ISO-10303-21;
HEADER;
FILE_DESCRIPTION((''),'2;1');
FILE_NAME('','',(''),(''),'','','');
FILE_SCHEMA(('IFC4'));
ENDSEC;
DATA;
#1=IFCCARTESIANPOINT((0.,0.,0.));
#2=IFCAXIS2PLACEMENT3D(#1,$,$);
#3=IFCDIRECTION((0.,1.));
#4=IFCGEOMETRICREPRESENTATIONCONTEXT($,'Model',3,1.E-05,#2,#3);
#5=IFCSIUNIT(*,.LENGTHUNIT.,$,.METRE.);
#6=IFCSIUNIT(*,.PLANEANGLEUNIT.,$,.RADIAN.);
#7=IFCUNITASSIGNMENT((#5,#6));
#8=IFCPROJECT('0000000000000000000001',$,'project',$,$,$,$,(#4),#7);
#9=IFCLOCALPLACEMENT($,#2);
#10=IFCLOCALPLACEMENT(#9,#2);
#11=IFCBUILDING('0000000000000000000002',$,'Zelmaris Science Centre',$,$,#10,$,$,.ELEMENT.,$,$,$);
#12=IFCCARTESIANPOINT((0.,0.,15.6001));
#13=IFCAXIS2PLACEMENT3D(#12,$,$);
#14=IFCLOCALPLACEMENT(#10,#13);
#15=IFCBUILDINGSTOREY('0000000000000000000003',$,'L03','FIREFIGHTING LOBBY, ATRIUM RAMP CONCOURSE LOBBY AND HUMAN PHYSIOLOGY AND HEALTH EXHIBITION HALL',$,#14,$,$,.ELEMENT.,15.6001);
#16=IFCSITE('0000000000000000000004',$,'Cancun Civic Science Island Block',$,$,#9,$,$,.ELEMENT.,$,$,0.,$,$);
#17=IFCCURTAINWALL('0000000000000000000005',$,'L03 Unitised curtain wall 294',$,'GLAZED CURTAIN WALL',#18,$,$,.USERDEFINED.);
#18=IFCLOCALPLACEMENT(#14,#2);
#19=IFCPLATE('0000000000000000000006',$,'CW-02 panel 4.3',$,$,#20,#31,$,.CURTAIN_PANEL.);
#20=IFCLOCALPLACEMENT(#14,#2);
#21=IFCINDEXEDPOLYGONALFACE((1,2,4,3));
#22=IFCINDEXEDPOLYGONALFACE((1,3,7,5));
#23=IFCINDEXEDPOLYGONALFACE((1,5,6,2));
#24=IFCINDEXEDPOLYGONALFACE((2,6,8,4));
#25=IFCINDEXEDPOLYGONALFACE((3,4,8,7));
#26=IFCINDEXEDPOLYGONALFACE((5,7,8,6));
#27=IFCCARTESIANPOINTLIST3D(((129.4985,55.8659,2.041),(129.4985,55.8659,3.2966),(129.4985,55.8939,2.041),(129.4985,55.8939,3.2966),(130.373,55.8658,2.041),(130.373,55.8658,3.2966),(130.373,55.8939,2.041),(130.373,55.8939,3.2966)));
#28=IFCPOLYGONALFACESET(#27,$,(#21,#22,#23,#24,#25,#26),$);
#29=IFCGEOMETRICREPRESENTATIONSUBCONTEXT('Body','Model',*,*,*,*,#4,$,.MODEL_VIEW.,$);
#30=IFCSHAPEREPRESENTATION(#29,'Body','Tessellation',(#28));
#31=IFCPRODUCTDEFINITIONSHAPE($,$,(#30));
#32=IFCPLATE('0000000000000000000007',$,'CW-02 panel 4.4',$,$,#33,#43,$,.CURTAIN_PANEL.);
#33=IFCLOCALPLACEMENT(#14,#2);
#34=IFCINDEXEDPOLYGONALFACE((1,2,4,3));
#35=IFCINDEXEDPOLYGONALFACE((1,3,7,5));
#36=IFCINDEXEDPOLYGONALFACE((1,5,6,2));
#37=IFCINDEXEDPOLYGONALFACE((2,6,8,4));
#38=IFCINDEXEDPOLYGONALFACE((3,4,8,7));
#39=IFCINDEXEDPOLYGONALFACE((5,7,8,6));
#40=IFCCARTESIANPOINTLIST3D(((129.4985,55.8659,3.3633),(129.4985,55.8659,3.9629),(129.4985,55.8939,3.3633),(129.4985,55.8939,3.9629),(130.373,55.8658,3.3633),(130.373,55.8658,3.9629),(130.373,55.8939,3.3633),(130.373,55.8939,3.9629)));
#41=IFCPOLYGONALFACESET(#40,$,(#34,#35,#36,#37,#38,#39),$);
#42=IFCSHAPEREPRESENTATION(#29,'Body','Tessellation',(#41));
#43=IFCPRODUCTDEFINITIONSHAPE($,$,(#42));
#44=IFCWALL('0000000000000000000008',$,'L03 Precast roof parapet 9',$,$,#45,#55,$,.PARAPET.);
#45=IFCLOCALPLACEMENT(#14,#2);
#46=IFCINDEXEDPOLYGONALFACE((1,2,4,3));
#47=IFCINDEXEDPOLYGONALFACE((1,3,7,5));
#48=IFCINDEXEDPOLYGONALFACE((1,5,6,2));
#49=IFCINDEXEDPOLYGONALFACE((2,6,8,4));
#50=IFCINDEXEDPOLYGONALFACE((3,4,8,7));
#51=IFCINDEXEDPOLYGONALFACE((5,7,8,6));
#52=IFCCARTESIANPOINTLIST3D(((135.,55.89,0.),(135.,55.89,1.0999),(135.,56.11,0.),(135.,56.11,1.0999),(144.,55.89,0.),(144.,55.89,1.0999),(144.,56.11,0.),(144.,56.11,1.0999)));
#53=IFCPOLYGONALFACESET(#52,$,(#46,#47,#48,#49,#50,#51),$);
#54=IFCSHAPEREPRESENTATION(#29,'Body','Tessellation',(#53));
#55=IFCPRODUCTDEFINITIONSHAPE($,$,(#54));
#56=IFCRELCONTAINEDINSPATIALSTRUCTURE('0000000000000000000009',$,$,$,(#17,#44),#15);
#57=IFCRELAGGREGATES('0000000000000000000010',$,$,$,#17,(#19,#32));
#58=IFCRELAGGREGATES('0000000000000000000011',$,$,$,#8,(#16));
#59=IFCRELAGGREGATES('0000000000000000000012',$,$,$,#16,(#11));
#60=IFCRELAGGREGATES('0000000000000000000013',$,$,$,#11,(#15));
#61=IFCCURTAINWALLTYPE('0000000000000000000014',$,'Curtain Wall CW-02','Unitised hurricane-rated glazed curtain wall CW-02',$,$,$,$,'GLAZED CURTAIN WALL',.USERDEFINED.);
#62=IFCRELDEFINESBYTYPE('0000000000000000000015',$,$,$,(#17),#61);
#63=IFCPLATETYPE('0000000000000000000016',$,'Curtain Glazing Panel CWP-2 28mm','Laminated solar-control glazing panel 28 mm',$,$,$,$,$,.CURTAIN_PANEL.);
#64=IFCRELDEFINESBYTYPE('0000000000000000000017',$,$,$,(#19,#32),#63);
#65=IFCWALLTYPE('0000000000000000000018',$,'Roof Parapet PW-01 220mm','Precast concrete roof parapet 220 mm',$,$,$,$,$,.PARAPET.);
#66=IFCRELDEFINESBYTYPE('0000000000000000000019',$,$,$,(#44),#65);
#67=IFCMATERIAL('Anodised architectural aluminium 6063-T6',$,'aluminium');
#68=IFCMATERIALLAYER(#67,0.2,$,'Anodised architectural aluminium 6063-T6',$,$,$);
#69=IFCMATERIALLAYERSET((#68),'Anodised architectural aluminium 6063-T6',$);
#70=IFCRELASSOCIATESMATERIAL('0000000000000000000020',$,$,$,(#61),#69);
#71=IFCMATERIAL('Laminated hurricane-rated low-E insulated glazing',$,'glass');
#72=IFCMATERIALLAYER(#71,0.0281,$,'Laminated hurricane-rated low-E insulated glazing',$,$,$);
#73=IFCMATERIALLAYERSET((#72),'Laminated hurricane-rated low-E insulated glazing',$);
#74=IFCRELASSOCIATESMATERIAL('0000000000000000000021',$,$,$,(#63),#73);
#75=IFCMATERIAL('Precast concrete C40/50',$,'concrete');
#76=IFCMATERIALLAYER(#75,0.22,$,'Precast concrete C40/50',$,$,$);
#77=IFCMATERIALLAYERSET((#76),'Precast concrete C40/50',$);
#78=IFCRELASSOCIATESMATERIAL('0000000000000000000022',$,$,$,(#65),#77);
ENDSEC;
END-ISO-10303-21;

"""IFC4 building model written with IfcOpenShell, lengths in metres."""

from ifc_helpers import new_model, si_unit, direction, frame, frame_2d, origin, origin_2d, place, context, subcontext, project, spatial, rectangle, extrude, material, layer, layer_set, type_object, element, aggregate, save


model = new_model("IFC4")

# Units and contexts
model_context = context("Model", 3, precision=1e-05, world=origin(), true_north=direction((0.0, 1.0)))
body_context = subcontext(model_context, "Body", "Model", "MODEL_VIEW")
ifc_project = project(units=[si_unit("LENGTHUNIT", "METRE"), si_unit("PLANEANGLEUNIT", "RADIAN")], contexts=[model_context])

# Site, building, storey
site_placement = place(None, origin())
site = spatial("IfcSite", under=ifc_project, at=site_placement, Name="Cancun Civic Science Island Block", CompositionType="ELEMENT", RefElevation=0.0)
building_placement = place(site_placement, origin())
building = spatial("IfcBuilding", under=site, at=building_placement, Name="Zelmaris Science Centre", CompositionType="ELEMENT")
storey_placement = place(building_placement, frame((0.0, 0.0, 15.6001)))
storey = spatial("IfcBuildingStorey", under=building, at=storey_placement, Name="L03", Description="FIREFIGHTING LOBBY, ATRIUM RAMP CONCOURSE LOBBY AND HUMAN PHYSIOLOGY AND HEALTH EXHIBITION HALL", CompositionType="ELEMENT", Elevation=15.6001)

# Curtain wall
ifc_material_1 = material(Name="Anodised architectural aluminium 6063-T6", Category="aluminium")
ifc_layer_1 = layer(ifc_material_1, 0.2, Name="Anodised architectural aluminium 6063-T6")
ifc_layer_set_1 = layer_set([ifc_layer_1], Name="Anodised architectural aluminium 6063-T6")
curtain_wall_type = type_object("IfcCurtainWallType", Name="Curtain Wall CW-02", Description="Unitised hurricane-rated glazed curtain wall CW-02", ElementType="GLAZED CURTAIN WALL", PredefinedType="USERDEFINED", material=ifc_layer_set_1)
curtain_wall_1_placement = place(storey_placement, origin())
curtain_wall_1 = element("IfcCurtainWall", 1, at=curtain_wall_1_placement, inside=storey, type_object=curtain_wall_type, Name="L03 Unitised curtain wall 294", ObjectType="GLAZED CURTAIN WALL", PredefinedType="USERDEFINED")

# Plates
ifc_material_2 = material(Name="Laminated hurricane-rated low-E insulated glazing", Category="glass")
ifc_layer_2 = layer(ifc_material_2, 0.0281, Name="Laminated hurricane-rated low-E insulated glazing")
ifc_layer_set_2 = layer_set([ifc_layer_2], Name="Laminated hurricane-rated low-E insulated glazing")
plate_type = type_object("IfcPlateType", Name="Curtain Glazing Panel CWP-2 28mm", Description="Laminated solar-control glazing panel 28 mm", PredefinedType="CURTAIN_PANEL", material=ifc_layer_set_2)
plate_1_placement = place(storey_placement, frame((129.9358, 55.8799, 2.041), z_axis=(0.0, 0.0, 1.0), x_axis=(1.0, -0.000026, 0.0)))
plate_1 = element("IfcPlate", 2, at=plate_1_placement, type_object=plate_type, Name="CW-02 panel 4.3", PredefinedType="CURTAIN_PANEL", context=body_context, shape_type="SweptSolid", body=[
    extrude(rectangle(XDim=0.8745, YDim=0.0281, at=origin_2d()), origin(), (0.0, 0.0, 1.0), 1.2556),
])
plate_2_placement = place(storey_placement, frame((129.9358, 55.8799, 3.3633), z_axis=(0.0, 0.0, 1.0), x_axis=(1.0, -0.000026, 0.0)))
plate_2 = element("IfcPlate", 3, at=plate_2_placement, type_object=plate_type, Name="CW-02 panel 4.4", PredefinedType="CURTAIN_PANEL", context=body_context, shape_type="SweptSolid", body=[
    extrude(rectangle(XDim=0.8745, YDim=0.0281, at=origin_2d()), origin(), (0.0, 0.0, 1.0), 0.5996),
])
aggregate(curtain_wall_1, [plate_1, plate_2])

# Wall
ifc_material_3 = material(Name="Precast concrete C40/50", Category="concrete")
ifc_layer_3 = layer(ifc_material_3, 0.22, Name="Precast concrete C40/50")
ifc_layer_set_3 = layer_set([ifc_layer_3], Name="Precast concrete C40/50")
wall_type = type_object("IfcWallType", Name="Roof Parapet PW-01 220mm", Description="Precast concrete roof parapet 220 mm", PredefinedType="PARAPET", material=ifc_layer_set_3)
wall_placement = place(storey_placement, frame((135.0, 56.0, 0.0), z_axis=(0.0, 0.0, 1.0), x_axis=(1.0, 0.0, 0.0)))
element("IfcWall", 4, at=wall_placement, inside=storey, type_object=wall_type, Name="L03 Precast roof parapet 9", PredefinedType="PARAPET", context=body_context, shape_type="SweptSolid", body=[
    extrude(rectangle(XDim=9.0, YDim=0.22, at=frame_2d((4.5, 0.0))), origin(), (0.0, 0.0, 1.0), 1.0999),
])

save(model, "model.ifc")
